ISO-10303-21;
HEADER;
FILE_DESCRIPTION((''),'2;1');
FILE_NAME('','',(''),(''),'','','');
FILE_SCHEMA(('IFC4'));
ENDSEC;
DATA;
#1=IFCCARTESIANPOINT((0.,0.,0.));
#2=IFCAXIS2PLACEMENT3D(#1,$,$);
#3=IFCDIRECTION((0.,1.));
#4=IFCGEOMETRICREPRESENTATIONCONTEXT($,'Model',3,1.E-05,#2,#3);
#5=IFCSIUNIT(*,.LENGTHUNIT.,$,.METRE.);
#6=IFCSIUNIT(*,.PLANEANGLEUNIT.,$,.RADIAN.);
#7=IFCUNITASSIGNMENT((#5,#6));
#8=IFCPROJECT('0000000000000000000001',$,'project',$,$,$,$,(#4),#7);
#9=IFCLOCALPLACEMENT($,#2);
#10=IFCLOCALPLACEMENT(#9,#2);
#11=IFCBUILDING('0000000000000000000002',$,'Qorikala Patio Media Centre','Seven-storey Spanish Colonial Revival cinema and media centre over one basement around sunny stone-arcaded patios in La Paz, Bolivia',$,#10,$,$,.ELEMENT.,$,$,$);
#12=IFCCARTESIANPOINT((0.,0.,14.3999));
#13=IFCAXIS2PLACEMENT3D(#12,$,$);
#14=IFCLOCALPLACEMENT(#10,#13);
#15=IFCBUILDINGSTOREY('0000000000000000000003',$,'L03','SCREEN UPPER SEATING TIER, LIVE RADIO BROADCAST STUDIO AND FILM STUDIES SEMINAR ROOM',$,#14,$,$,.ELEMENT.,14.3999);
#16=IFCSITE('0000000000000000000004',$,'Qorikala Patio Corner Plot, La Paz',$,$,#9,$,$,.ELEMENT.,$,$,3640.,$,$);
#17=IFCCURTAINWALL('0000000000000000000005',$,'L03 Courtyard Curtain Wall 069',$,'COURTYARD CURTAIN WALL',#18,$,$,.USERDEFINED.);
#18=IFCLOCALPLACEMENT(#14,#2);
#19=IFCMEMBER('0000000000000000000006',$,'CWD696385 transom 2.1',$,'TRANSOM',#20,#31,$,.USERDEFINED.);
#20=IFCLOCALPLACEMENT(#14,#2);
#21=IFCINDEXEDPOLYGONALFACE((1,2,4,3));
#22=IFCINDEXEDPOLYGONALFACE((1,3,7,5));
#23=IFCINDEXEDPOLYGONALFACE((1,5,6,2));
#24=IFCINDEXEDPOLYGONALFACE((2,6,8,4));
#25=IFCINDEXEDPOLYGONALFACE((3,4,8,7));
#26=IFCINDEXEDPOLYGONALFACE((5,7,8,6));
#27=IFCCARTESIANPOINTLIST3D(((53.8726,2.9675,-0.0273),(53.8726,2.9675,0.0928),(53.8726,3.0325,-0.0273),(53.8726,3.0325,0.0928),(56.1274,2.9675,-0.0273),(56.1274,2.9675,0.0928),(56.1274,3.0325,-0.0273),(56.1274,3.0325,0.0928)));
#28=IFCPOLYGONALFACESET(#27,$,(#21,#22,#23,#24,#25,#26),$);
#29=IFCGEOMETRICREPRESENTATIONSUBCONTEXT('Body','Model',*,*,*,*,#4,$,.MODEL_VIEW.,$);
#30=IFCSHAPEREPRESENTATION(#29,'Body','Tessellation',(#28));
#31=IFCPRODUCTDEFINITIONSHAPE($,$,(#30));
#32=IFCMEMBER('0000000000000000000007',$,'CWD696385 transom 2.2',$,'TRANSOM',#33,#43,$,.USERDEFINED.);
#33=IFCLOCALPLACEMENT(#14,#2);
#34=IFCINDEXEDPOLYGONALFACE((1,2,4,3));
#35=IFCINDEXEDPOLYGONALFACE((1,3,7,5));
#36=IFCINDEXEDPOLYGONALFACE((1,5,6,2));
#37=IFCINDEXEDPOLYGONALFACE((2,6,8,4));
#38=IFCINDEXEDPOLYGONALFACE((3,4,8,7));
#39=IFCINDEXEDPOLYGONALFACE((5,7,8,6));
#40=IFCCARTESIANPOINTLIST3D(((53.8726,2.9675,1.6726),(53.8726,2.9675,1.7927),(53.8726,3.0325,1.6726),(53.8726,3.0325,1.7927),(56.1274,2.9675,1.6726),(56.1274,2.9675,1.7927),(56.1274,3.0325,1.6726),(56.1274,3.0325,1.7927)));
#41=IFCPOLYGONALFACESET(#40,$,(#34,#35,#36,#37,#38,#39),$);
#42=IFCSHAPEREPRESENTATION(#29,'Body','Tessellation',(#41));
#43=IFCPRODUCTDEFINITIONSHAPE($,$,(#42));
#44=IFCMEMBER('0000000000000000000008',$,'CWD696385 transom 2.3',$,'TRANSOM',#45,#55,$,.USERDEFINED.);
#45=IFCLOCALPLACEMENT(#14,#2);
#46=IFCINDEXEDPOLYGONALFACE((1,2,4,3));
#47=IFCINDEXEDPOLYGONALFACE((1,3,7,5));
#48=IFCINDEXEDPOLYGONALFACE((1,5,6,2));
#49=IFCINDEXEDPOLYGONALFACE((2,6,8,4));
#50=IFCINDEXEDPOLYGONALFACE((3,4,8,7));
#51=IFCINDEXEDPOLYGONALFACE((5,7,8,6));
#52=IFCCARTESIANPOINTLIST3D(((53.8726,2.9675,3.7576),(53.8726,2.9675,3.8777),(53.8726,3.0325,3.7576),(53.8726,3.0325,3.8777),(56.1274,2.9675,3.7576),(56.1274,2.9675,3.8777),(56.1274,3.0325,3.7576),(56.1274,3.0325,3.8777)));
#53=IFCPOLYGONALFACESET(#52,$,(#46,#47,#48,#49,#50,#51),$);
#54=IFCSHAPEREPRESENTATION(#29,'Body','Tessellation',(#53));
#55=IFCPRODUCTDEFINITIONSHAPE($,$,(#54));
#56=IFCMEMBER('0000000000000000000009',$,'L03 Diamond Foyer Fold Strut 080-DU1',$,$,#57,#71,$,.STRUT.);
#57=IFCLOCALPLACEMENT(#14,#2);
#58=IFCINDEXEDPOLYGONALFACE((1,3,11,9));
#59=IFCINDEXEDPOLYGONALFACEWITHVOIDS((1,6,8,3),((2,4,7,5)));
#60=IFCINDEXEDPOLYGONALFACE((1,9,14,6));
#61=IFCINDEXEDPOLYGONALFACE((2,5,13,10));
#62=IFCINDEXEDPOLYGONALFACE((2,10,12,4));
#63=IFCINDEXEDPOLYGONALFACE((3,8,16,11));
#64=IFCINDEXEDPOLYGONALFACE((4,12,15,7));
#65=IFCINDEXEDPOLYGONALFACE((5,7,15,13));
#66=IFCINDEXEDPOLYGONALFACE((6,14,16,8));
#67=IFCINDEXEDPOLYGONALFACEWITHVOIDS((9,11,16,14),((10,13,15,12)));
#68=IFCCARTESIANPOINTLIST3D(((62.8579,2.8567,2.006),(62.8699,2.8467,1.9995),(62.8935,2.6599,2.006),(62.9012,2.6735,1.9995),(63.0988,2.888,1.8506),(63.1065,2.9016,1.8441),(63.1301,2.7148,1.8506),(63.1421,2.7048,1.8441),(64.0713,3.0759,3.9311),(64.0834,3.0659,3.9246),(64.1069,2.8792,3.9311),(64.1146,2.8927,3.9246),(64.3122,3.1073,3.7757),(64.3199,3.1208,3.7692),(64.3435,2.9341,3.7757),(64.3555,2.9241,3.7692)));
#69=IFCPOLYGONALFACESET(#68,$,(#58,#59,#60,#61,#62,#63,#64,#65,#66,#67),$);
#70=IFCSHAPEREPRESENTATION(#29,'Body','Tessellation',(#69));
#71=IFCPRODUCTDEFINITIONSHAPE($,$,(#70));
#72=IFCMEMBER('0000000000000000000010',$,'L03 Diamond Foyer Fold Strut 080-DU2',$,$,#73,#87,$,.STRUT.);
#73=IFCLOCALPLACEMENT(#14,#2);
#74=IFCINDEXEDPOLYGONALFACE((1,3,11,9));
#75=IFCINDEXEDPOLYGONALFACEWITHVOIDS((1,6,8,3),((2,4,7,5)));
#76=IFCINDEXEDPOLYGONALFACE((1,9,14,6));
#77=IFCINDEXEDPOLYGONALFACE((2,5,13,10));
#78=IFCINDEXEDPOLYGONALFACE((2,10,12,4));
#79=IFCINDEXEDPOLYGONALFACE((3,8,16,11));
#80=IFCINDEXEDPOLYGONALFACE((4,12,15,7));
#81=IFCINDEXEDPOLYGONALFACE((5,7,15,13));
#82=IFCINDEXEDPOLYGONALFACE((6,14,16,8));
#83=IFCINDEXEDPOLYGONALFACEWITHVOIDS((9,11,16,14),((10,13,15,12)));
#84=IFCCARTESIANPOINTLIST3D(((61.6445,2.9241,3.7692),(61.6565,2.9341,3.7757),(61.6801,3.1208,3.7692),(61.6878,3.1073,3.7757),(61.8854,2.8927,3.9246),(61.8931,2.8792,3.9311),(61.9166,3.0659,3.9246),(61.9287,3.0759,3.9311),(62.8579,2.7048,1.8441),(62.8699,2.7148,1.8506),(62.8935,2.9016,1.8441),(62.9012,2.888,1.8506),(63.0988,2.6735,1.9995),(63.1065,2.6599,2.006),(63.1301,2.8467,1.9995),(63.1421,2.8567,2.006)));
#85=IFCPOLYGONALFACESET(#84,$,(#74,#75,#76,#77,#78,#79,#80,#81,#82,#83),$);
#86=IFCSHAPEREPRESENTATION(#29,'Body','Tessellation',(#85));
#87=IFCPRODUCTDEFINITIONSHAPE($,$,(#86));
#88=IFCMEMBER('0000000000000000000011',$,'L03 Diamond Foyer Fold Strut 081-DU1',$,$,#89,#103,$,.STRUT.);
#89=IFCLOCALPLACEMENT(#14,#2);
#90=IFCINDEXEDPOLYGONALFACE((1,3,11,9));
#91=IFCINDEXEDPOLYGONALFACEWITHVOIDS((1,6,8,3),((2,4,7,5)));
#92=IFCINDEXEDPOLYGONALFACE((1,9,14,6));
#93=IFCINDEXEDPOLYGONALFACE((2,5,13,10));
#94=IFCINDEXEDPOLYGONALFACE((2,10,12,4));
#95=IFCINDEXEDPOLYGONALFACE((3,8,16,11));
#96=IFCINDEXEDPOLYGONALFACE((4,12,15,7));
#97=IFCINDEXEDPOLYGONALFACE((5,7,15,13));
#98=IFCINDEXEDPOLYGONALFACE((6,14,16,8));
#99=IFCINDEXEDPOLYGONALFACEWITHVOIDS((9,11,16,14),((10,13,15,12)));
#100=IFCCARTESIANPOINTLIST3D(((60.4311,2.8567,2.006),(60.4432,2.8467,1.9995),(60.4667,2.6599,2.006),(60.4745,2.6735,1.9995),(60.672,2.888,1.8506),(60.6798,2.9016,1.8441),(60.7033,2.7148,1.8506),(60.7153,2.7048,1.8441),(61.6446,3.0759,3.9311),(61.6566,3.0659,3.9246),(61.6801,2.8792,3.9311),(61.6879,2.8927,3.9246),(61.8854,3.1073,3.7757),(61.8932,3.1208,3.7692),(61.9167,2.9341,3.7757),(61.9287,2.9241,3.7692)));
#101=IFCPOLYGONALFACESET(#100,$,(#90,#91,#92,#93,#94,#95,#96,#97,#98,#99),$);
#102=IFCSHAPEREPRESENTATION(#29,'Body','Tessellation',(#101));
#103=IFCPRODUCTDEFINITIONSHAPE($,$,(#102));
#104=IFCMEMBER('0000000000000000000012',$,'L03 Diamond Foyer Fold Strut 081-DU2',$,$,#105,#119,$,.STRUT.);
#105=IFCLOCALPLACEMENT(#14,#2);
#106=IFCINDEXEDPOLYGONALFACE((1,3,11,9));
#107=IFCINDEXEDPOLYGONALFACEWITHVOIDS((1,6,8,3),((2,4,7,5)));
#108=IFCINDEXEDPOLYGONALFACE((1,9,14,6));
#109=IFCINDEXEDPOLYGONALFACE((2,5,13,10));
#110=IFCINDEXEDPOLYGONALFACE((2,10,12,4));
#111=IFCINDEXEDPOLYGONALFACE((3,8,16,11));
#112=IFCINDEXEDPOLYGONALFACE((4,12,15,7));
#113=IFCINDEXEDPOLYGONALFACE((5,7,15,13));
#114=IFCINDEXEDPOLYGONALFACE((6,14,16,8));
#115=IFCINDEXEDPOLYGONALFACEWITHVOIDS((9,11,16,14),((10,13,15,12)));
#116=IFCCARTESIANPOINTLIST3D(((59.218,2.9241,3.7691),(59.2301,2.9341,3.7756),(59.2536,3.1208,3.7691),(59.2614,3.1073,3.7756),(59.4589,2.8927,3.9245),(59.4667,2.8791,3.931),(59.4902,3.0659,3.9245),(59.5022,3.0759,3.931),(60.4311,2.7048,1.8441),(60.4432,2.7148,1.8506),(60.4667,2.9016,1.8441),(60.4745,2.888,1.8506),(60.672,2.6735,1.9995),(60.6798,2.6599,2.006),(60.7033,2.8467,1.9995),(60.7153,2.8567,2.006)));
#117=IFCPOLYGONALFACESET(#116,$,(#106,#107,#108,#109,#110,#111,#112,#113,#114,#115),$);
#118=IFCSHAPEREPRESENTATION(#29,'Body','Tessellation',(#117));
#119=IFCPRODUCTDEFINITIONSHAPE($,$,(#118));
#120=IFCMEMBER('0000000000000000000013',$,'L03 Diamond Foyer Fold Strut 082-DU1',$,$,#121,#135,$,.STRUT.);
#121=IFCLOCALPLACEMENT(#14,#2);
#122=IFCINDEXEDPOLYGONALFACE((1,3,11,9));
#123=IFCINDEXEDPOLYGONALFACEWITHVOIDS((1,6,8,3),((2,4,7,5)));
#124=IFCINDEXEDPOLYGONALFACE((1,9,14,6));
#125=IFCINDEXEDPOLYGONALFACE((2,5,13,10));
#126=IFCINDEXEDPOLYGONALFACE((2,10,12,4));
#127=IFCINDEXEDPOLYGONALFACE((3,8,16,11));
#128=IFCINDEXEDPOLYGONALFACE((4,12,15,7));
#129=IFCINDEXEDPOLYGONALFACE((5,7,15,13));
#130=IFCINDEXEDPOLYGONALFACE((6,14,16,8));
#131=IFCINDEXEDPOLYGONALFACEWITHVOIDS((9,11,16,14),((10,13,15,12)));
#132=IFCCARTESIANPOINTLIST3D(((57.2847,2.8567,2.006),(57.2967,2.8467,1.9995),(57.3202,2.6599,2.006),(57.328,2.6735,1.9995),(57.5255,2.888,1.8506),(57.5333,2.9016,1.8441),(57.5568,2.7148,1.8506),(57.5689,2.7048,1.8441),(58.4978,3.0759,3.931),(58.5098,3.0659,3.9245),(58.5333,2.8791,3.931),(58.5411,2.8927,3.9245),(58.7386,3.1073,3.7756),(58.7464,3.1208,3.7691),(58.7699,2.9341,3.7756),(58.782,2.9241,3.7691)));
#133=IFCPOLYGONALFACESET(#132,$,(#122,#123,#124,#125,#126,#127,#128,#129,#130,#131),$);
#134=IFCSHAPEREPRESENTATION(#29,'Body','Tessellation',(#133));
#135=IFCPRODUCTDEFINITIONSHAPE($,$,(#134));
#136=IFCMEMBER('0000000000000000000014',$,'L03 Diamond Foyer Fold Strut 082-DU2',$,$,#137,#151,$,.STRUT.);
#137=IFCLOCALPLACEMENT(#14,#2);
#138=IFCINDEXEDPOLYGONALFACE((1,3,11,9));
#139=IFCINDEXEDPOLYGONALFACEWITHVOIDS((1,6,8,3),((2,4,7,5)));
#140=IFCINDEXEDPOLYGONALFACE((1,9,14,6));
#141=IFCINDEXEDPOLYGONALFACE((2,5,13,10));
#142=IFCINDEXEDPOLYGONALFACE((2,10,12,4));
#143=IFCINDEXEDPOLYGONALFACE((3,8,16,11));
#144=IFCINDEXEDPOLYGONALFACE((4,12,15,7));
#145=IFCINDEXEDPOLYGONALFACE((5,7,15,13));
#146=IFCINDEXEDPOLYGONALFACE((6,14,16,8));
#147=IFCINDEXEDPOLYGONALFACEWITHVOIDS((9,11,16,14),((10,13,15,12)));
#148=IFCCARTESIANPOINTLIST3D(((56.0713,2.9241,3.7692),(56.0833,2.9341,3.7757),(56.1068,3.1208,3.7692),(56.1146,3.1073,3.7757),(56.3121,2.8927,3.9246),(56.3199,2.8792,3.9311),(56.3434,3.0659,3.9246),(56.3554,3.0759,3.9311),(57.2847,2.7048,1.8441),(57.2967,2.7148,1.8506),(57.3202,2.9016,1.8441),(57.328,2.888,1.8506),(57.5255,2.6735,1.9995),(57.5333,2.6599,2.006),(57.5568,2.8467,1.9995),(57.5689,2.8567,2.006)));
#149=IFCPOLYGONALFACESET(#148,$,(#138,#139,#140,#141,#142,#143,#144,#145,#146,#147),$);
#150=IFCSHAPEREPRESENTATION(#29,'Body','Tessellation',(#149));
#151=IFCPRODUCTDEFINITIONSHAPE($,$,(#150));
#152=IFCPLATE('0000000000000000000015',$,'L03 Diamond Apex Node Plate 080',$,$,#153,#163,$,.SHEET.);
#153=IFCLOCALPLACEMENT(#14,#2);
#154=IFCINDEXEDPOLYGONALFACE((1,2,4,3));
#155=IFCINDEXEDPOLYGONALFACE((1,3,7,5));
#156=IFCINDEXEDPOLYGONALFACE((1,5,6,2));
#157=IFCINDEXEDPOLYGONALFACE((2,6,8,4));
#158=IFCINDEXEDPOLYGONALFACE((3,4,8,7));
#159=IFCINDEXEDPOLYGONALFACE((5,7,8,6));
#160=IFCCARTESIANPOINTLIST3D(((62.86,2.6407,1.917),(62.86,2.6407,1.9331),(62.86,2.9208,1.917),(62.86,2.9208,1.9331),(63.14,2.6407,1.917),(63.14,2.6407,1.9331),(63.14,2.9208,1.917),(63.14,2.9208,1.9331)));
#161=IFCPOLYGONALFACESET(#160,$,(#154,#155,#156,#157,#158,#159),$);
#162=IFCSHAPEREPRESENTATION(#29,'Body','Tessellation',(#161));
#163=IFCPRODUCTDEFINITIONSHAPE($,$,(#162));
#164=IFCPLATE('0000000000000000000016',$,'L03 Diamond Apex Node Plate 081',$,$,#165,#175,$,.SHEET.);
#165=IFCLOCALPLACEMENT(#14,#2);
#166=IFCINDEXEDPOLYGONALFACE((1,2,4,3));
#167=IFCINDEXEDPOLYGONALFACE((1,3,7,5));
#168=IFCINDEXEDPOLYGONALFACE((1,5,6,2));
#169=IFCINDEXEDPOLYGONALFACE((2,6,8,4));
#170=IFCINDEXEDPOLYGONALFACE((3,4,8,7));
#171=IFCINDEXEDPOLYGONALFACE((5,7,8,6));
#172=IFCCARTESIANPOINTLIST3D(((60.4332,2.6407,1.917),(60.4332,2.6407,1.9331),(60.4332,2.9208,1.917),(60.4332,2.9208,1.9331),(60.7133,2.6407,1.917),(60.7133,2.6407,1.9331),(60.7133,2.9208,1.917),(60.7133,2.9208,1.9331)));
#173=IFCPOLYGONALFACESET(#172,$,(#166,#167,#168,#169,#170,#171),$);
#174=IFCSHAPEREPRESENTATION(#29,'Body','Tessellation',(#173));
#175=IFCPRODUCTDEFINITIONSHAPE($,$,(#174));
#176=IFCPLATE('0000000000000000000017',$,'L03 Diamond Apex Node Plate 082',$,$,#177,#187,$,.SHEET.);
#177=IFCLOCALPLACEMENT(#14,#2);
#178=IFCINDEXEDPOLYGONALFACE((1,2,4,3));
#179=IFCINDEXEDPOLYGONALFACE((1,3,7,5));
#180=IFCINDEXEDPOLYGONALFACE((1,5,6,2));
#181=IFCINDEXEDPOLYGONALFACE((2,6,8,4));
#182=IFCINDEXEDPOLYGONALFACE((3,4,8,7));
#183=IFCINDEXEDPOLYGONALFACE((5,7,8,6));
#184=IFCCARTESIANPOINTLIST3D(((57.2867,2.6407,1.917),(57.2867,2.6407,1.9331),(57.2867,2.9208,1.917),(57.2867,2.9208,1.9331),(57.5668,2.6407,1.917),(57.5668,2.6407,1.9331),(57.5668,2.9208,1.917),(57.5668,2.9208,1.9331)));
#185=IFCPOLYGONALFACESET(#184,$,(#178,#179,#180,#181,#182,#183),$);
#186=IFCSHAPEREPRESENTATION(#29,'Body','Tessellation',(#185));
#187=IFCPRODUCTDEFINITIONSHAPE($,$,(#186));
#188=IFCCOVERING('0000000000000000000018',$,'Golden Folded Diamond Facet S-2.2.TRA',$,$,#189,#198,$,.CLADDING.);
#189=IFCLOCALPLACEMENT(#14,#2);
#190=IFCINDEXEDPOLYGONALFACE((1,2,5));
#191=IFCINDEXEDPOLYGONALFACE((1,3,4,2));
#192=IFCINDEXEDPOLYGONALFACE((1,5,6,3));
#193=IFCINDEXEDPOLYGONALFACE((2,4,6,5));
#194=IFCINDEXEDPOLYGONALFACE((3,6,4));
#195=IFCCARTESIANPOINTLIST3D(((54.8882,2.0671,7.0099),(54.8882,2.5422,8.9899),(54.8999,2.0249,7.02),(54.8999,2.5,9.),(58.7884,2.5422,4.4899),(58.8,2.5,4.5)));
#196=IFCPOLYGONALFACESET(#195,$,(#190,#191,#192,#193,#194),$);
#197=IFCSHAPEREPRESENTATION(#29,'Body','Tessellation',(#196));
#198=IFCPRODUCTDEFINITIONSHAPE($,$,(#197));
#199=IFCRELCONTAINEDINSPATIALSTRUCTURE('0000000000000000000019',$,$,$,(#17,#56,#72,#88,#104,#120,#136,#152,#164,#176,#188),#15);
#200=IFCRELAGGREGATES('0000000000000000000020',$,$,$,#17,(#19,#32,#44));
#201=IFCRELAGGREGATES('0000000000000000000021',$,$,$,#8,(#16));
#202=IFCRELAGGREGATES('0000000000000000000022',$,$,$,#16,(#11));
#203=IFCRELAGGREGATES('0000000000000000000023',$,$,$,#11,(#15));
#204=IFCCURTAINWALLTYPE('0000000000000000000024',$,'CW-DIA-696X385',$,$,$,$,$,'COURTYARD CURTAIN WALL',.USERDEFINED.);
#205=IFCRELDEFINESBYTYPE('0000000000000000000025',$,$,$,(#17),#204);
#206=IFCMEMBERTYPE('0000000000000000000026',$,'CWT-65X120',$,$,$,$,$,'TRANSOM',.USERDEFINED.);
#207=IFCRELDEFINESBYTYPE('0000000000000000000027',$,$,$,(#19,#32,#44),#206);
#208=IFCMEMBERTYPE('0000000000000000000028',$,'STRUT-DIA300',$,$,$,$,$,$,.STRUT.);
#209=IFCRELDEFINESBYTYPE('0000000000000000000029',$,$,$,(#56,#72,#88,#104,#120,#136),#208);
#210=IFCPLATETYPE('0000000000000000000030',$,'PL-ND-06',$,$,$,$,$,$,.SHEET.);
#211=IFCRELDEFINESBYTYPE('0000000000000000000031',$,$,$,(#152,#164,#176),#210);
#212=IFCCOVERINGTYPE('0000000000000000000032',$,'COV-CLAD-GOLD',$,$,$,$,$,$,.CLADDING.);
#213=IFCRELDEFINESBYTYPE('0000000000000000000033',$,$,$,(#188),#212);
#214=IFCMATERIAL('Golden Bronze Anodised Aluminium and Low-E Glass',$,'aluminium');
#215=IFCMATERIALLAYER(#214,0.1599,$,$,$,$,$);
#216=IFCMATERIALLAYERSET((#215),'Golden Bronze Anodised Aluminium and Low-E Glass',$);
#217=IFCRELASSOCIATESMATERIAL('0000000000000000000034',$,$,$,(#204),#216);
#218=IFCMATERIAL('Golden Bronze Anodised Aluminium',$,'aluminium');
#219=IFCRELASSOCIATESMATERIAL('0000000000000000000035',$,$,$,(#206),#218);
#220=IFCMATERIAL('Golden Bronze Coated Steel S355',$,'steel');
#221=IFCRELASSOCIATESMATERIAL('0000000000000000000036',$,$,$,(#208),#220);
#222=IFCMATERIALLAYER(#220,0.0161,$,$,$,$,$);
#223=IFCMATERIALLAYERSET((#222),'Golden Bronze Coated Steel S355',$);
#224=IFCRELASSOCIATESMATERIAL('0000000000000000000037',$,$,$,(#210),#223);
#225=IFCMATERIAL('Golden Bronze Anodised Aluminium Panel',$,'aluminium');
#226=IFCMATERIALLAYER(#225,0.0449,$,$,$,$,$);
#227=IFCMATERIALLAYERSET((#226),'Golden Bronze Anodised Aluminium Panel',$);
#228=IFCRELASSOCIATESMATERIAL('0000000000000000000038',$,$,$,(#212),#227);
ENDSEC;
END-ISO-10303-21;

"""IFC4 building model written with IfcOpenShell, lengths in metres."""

from ifc_helpers import new_model, si_unit, direction, frame, origin, origin_2d, place, context, subcontext, project, spatial, polyline, rectangle, hollow_rectangle, outline, extrude, material, layer, layer_set, material_profile, profile_set, type_object, element, aggregate, save


model = new_model("IFC4")

# Units and contexts
model_context = context("Model", 3, precision=1e-05, world=origin(), true_north=direction((0.0, 1.0)))
body_context = subcontext(model_context, "Body", "Model", "MODEL_VIEW")
ifc_project = project(units=[si_unit("LENGTHUNIT", "METRE"), si_unit("PLANEANGLEUNIT", "RADIAN")], contexts=[model_context])

# Site, building, storey
site_placement = place(None, origin())
site = spatial("IfcSite", under=ifc_project, at=site_placement, Name="Qorikala Patio Corner Plot, La Paz", CompositionType="ELEMENT", RefElevation=3640.0)
building_placement = place(site_placement, origin())
building = spatial("IfcBuilding", under=site, at=building_placement, Name="Qorikala Patio Media Centre", Description="Seven-storey Spanish Colonial Revival cinema and media centre over one basement around sunny stone-arcaded patios in La Paz, Bolivia", CompositionType="ELEMENT")
storey_placement = place(building_placement, frame((0.0, 0.0, 14.3999)))
storey = spatial("IfcBuildingStorey", under=building, at=storey_placement, Name="L03", Description="SCREEN UPPER SEATING TIER, LIVE RADIO BROADCAST STUDIO AND FILM STUDIES SEMINAR ROOM", CompositionType="ELEMENT", Elevation=14.3999)

# Curtain wall, members
ifc_material_1 = material(Name="Golden Bronze Anodised Aluminium and Low-E Glass", Category="aluminium")
ifc_layer_1 = layer(ifc_material_1, 0.1599)
ifc_layer_set_1 = layer_set([ifc_layer_1], Name="Golden Bronze Anodised Aluminium and Low-E Glass")
curtain_wall_type = type_object("IfcCurtainWallType", Name="CW-DIA-696X385", ElementType="COURTYARD CURTAIN WALL", PredefinedType="USERDEFINED", material=ifc_layer_set_1)
curtain_wall_placement = place(storey_placement, origin())
curtain_wall = element("IfcCurtainWall", 1, at=curtain_wall_placement, inside=storey, type_object=curtain_wall_type, Name="L03 Courtyard Curtain Wall 069", ObjectType="COURTYARD CURTAIN WALL", PredefinedType="USERDEFINED")
ifc_material_2 = material(Name="Golden Bronze Anodised Aluminium", Category="aluminium")
ifc_material_profile_1 = material_profile(ifc_material_2, rectangle(XDim=0.0649, YDim=0.1201, at=origin_2d()), Name="ALU TRANSOM 65x120")
ifc_profile_set_1 = profile_set([ifc_material_profile_1], Name="Golden Bronze Anodised Aluminium")
member_type_1 = type_object("IfcMemberType", Name="CWT-65X120", ElementType="TRANSOM", PredefinedType="USERDEFINED", material=ifc_profile_set_1)
member_1_placement = place(storey_placement, frame((56.1274, 3.0, 0.0327), z_axis=(-1.0, 0.0, 0.0), x_axis=(0.0, -1.0, 0.0)))
member_1 = element("IfcMember", 2, at=member_1_placement, type_object=member_type_1, Name="CWD696385 transom 2.1", ObjectType="TRANSOM", PredefinedType="USERDEFINED", context=body_context, shape_type="SweptSolid", body=[
    extrude(rectangle(XDim=0.0649, YDim=0.1201, at=origin_2d()), origin(), (0.0, 0.0, 1.0), 2.2549),
])
member_2_placement = place(storey_placement, frame((56.1274, 3.0, 1.7327), z_axis=(-1.0, 0.0, 0.0), x_axis=(0.0, -1.0, 0.0)))
member_2 = element("IfcMember", 3, at=member_2_placement, type_object=member_type_1, Name="CWD696385 transom 2.2", ObjectType="TRANSOM", PredefinedType="USERDEFINED", context=body_context, shape_type="SweptSolid", body=[
    extrude(rectangle(XDim=0.0649, YDim=0.1201, at=origin_2d()), origin(), (0.0, 0.0, 1.0), 2.2549),
])
member_3_placement = place(storey_placement, frame((56.1274, 3.0, 3.8176), z_axis=(-1.0, 0.0, 0.0), x_axis=(0.0, -1.0, 0.0)))
member_3 = element("IfcMember", 4, at=member_3_placement, type_object=member_type_1, Name="CWD696385 transom 2.3", ObjectType="TRANSOM", PredefinedType="USERDEFINED", context=body_context, shape_type="SweptSolid", body=[
    extrude(rectangle(XDim=0.0649, YDim=0.1201, at=origin_2d()), origin(), (0.0, 0.0, 1.0), 2.2549),
])
aggregate(curtain_wall, [member_1, member_2, member_3])

# Members
ifc_material_3 = material(Name="Golden Bronze Coated Steel S355", Category="steel")
ifc_material_profile_2 = material_profile(ifc_material_3, hollow_rectangle(XDim=0.2, YDim=0.3, WallThickness=0.012, at=origin_2d()), Name="HSS300X200X12")
ifc_profile_set_2 = profile_set([ifc_material_profile_2], Name="Golden Bronze Coated Steel S355")
member_type_2 = type_object("IfcMemberType", Name="STRUT-DIA300", PredefinedType="STRUT", material=ifc_profile_set_2)
for number, where, z_axis, x_axis, name in (
    (5, (63.0, 2.7808, 1.925), (0.530768, 0.095901, 0.842074), (-0.177805, 0.984066, 0.0), "L03 Diamond Foyer Fold Strut 080-DU1"),
    (6, (63.0, 2.7808, 1.925), (-0.530768, 0.095901, 0.842074), (-0.177805, -0.984066, 0.0), "L03 Diamond Foyer Fold Strut 080-DU2"),
    (7, (60.5732, 2.7808, 1.925), (0.530768, 0.095901, 0.842074), (-0.177805, 0.984066, 0.0), "L03 Diamond Foyer Fold Strut 081-DU1"),
):
    element("IfcMember", number, at=place(storey_placement, frame(where, z_axis=z_axis, x_axis=x_axis)), inside=storey, type_object=member_type_2, Name=name, PredefinedType="STRUT", context=body_context, shape_type="SweptSolid", body=[
        extrude(hollow_rectangle(XDim=0.2, YDim=0.3, WallThickness=0.012, at=origin_2d()), origin(), (0.0, 0.0, 1.0), 2.2861),
    ])
for number, where, z_axis, x_axis, name in (
    (8, (60.5732, 2.7808, 1.925), (-0.530691, 0.095907, 0.842121), (-0.17784, -0.984059, 0.0), "L03 Diamond Foyer Fold Strut 081-DU2"),
    (9, (57.4268, 2.7808, 1.925), (0.530691, 0.095907, 0.842121), (-0.17784, 0.984059, 0.0), "L03 Diamond Foyer Fold Strut 082-DU1"),
):
    element("IfcMember", number, at=place(storey_placement, frame(where, z_axis=z_axis, x_axis=x_axis)), inside=storey, type_object=member_type_2, Name=name, PredefinedType="STRUT", context=body_context, shape_type="SweptSolid", body=[
        extrude(hollow_rectangle(XDim=0.2, YDim=0.3, WallThickness=0.012, at=origin_2d()), origin(), (0.0, 0.0, 1.0), 2.2859),
    ])
member_4_placement = place(storey_placement, frame((57.4268, 2.7808, 1.925), z_axis=(-0.530768, 0.095901, 0.842074), x_axis=(-0.177805, -0.984066, 0.0)))
element("IfcMember", 10, at=member_4_placement, inside=storey, type_object=member_type_2, Name="L03 Diamond Foyer Fold Strut 082-DU2", PredefinedType="STRUT", context=body_context, shape_type="SweptSolid", body=[
    extrude(hollow_rectangle(XDim=0.2, YDim=0.3, WallThickness=0.012, at=origin_2d()), origin(), (0.0, 0.0, 1.0), 2.2861),
])

# Plates
ifc_layer_2 = layer(ifc_material_3, 0.0161)
ifc_layer_set_2 = layer_set([ifc_layer_2], Name="Golden Bronze Coated Steel S355")
plate_type = type_object("IfcPlateType", Name="PL-ND-06", PredefinedType="SHEET", material=ifc_layer_set_2)
for number, where, z_axis, x_axis, name in (
    (11, (63.0, 2.7808, 1.917), (0.0, 0.0, 1.0), (-1.0, 0.0, 0.0), "L03 Diamond Apex Node Plate 080"),
    (12, (60.5732, 2.7808, 1.917), (0.0, 0.0, 1.0), (-1.0, 0.0, 0.0), "L03 Diamond Apex Node Plate 081"),
    (13, (57.4268, 2.7808, 1.917), (0.0, 0.0, 1.0), (-1.0, 0.0, 0.0), "L03 Diamond Apex Node Plate 082"),
):
    element("IfcPlate", number, at=place(storey_placement, frame(where, z_axis=z_axis, x_axis=x_axis)), inside=storey, type_object=plate_type, Name=name, PredefinedType="SHEET", context=body_context, shape_type="SweptSolid", body=[
        extrude(rectangle(XDim=0.28, YDim=0.28, at=origin_2d()), origin(), (0.0, 0.0, 1.0), 0.0161),
    ])

# Covering
ifc_material_4 = material(Name="Golden Bronze Anodised Aluminium Panel", Category="aluminium")
ifc_layer_3 = layer(ifc_material_4, 0.0449)
ifc_layer_set_3 = layer_set([ifc_layer_3], Name="Golden Bronze Anodised Aluminium Panel")
covering_type = type_object("IfcCoveringType", Name="COV-CLAD-GOLD", PredefinedType="CLADDING", material=ifc_layer_set_3)
covering_1_placement = place(storey_placement, frame((58.8, 2.5, 4.5), z_axis=(0.259958, -0.938967, 0.225306), x_axis=(-0.654945, 0.0, 0.755677)))
element("IfcCovering", 14, at=covering_1_placement, inside=storey, type_object=covering_type, Name="Golden Folded Diamond Facet S-2.2.TRA", PredefinedType="CLADDING", context=body_context, shape_type="SweptSolid", body=[
    extrude(outline(polyline([(0.0, 0.0), (5.9549, 0.0), (4.4587, 1.3811), (0.0, 0.0)])), origin(), (0.0, 0.0, -1.0), 0.0449),
])

save(model, "model.ifc")
